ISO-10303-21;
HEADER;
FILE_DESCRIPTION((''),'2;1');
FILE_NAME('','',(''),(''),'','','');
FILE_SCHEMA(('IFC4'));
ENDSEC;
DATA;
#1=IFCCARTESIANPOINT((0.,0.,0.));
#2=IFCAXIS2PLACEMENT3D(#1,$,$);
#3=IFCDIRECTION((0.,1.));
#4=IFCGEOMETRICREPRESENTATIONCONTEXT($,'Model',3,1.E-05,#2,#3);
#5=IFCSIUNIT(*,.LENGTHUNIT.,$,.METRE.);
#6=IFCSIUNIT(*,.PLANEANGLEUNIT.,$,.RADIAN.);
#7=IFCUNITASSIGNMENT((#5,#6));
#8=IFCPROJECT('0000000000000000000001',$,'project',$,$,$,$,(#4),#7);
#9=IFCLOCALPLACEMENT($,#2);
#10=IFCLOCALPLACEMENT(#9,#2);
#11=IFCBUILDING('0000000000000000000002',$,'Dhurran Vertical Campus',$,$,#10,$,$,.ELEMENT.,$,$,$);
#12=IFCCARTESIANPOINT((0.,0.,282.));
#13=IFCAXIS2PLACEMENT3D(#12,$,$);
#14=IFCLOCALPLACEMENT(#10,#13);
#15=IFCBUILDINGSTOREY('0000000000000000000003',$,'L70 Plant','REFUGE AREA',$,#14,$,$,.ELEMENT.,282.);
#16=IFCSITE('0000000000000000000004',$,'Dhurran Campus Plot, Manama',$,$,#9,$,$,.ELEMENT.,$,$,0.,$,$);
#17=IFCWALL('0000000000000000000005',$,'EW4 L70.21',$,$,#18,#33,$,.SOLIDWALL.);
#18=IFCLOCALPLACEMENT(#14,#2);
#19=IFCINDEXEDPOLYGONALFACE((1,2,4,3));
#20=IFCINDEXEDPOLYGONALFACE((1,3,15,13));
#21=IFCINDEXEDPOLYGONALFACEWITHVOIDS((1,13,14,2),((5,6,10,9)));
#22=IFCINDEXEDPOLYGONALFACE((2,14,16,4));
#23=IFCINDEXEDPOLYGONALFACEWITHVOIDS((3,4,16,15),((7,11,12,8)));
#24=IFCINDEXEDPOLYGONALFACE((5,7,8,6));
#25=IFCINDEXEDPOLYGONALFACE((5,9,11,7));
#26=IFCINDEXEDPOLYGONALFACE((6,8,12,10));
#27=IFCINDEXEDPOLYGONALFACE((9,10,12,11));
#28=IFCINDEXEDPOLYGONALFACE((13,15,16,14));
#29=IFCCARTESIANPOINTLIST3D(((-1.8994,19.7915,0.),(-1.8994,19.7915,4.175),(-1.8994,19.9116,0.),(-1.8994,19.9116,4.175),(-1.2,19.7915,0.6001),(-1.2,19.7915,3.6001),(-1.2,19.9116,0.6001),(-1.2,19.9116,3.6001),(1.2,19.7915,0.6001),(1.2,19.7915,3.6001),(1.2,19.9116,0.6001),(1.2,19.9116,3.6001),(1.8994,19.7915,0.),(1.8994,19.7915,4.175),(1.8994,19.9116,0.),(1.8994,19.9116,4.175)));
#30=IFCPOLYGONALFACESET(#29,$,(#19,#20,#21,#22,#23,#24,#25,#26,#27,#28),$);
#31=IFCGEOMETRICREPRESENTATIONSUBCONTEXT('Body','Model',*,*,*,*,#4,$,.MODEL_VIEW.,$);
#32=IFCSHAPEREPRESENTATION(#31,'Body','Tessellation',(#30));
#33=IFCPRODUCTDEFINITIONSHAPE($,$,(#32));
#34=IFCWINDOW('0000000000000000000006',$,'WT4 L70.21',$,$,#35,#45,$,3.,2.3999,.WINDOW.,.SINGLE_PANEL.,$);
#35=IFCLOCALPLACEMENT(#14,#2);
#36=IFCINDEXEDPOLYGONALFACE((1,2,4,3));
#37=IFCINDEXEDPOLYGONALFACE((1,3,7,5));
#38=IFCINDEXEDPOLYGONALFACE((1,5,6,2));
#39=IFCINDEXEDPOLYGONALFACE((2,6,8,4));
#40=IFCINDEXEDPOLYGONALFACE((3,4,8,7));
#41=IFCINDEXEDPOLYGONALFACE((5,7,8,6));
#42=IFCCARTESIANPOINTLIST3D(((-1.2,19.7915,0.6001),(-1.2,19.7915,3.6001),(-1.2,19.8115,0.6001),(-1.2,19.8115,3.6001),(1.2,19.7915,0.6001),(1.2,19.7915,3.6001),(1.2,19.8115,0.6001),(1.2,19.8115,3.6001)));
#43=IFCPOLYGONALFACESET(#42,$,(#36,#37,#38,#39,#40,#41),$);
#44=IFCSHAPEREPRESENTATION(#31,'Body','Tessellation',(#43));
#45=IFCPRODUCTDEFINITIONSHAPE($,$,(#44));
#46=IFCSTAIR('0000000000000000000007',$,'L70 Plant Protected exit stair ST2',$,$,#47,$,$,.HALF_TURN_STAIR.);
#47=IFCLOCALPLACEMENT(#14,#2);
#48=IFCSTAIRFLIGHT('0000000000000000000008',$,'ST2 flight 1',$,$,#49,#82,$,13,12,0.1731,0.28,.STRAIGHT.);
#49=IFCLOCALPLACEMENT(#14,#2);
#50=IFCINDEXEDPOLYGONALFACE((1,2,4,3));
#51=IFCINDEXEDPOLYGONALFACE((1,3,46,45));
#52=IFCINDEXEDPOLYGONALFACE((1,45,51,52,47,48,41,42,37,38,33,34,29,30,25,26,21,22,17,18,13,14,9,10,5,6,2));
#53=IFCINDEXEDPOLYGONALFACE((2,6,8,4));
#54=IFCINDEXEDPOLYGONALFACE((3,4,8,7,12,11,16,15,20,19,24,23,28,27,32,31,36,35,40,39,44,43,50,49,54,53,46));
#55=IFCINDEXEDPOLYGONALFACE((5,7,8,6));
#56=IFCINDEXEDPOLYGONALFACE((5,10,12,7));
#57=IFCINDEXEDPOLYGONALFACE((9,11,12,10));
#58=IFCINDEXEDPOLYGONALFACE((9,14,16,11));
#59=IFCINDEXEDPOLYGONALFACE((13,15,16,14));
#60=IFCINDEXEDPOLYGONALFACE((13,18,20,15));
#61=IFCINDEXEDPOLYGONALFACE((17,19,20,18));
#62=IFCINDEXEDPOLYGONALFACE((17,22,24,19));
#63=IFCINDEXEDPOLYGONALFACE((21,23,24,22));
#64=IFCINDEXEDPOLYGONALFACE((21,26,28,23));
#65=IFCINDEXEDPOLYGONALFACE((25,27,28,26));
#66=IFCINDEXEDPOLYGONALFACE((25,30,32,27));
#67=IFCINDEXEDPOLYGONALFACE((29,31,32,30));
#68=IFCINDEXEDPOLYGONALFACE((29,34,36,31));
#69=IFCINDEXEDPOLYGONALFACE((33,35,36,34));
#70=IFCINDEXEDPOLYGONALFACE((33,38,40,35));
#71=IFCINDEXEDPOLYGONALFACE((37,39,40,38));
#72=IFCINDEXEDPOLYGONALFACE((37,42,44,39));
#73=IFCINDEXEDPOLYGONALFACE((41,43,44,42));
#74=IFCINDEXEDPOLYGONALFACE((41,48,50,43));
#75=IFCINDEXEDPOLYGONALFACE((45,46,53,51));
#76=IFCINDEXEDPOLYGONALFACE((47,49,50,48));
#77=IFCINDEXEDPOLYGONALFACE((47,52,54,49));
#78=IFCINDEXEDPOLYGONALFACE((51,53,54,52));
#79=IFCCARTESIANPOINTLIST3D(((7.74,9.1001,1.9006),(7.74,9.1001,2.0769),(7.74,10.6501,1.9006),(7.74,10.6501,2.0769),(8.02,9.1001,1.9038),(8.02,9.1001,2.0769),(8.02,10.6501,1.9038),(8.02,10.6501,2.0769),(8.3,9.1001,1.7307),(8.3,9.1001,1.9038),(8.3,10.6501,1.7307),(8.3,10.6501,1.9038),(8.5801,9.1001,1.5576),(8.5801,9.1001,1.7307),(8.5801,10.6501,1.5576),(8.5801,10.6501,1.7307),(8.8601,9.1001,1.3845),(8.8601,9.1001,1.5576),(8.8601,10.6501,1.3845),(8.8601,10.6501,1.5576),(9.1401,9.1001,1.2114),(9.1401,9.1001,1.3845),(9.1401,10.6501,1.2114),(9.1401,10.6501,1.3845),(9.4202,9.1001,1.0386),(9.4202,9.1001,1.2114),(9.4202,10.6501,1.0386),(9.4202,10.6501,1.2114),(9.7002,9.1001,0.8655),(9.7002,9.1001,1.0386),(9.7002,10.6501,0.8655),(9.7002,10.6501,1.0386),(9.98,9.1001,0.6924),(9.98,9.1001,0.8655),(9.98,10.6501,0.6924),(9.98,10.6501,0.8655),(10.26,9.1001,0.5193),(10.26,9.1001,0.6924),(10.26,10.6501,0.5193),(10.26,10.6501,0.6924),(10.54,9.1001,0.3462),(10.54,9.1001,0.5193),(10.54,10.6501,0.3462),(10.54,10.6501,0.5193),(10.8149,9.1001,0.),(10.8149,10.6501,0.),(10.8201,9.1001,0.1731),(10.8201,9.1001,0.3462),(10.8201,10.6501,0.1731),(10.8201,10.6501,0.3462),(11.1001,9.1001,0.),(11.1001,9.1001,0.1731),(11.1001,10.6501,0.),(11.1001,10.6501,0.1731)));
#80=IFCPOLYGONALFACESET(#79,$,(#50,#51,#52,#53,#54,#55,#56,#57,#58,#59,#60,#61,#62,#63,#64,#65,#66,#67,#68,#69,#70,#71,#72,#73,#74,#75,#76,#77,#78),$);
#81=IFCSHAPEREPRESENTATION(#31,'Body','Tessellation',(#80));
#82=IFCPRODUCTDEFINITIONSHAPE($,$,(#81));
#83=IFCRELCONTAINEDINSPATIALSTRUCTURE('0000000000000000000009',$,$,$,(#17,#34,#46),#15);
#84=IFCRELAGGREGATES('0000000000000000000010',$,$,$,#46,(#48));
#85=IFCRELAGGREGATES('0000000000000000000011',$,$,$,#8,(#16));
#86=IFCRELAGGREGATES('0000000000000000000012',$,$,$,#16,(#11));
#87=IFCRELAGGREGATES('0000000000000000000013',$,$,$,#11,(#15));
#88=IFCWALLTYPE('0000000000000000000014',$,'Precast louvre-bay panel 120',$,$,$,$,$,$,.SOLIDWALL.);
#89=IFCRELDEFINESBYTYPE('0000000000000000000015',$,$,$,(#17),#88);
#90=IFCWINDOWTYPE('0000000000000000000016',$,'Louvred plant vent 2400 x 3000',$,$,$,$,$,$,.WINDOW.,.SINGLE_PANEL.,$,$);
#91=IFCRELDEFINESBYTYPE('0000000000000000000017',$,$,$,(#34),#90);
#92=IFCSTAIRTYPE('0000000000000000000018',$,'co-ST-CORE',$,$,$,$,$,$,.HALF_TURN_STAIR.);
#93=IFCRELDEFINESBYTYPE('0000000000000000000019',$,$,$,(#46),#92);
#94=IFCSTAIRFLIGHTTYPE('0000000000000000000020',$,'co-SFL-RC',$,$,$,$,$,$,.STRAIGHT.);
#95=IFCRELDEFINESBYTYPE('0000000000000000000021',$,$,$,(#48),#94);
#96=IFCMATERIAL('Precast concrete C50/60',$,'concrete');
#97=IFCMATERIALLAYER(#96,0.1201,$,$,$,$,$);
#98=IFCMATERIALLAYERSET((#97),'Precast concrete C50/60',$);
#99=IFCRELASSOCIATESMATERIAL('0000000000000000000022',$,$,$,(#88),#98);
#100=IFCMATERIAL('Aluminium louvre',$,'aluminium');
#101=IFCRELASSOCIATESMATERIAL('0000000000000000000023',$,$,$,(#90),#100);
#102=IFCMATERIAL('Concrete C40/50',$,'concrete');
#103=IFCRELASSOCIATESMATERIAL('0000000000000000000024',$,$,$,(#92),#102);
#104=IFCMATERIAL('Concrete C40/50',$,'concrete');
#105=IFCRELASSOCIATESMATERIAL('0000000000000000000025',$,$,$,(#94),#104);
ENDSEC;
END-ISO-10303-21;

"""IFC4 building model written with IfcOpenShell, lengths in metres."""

from ifc_helpers import new_model, si_unit, direction, frame, frame_2d, origin, place, context, subcontext, project, spatial, polyline, rectangle, outline, extrude, material, layer, layer_set, type_object, element, fill, aggregate, save


model = new_model("IFC4")

# Units and contexts
model_context = context("Model", 3, precision=1e-05, world=origin(), true_north=direction((0.0, 1.0)))
body_context = subcontext(model_context, "Body", "Model", "MODEL_VIEW")
ifc_project = project(units=[si_unit("LENGTHUNIT", "METRE"), si_unit("PLANEANGLEUNIT", "RADIAN")], contexts=[model_context])

# Site, building, storey
site_placement = place(None, origin())
site = spatial("IfcSite", under=ifc_project, at=site_placement, Name="Dhurran Campus Plot, Manama", CompositionType="ELEMENT", RefElevation=0.0)
building_placement = place(site_placement, origin())
building = spatial("IfcBuilding", under=site, at=building_placement, Name="Dhurran Vertical Campus", CompositionType="ELEMENT")
storey_placement = place(building_placement, frame((0.0, 0.0, 282.0)))
storey = spatial("IfcBuildingStorey", under=building, at=storey_placement, Name="L70 Plant", Description="REFUGE AREA", CompositionType="ELEMENT", Elevation=282.0)

# Wall, opening, window
ifc_material_1 = material(Name="Precast concrete C50/60", Category="concrete")
ifc_layer = layer(ifc_material_1, 0.1201)
ifc_layer_set = layer_set([ifc_layer], Name="Precast concrete C50/60")
wall_type = type_object("IfcWallType", Name="Precast louvre-bay panel 120", PredefinedType="SOLIDWALL", material=ifc_layer_set)
ifc_material_2 = material(Name="Aluminium louvre", Category="aluminium")
window_type = type_object("IfcWindowType", Name="Louvred plant vent 2400 x 3000", PartitioningType="SINGLE_PANEL", PredefinedType="WINDOW", material=ifc_material_2)
wall_1_placement = place(storey_placement, frame((1.8994, 19.8516, 0.0), z_axis=(0.0, 0.0, 1.0), x_axis=(-1.0, 0.0, 0.0)))
wall_1 = element("IfcWall", 1, at=wall_1_placement, inside=storey, type_object=wall_type, Name="EW4 L70.21", PredefinedType="SOLIDWALL", context=body_context, shape_type="SweptSolid", body=[
    extrude(rectangle(XDim=3.7988, YDim=0.1201, at=frame_2d((1.8994, 0.0))), origin(), (0.0, 0.0, 1.0), 4.175),
])
opening_1_placement = place(wall_1_placement, frame((0.6995, 0.0, 0.6001)))
opening_1 = element("IfcOpeningElement", 2, at=opening_1_placement, cuts=wall_1, PredefinedType="OPENING", context=body_context, shape_type="SweptSolid", body=[
    extrude(rectangle(XDim=2.3999, YDim=3.0, at=frame_2d((1.2, 1.5))), frame((0.0, 0.0701, 0.0), z_axis=(0.0, -1.0, 0.0), x_axis=(1.0, 0.0, 0.0)), (0.0, 0.0, 1.0), 0.1401),
])
window_1_placement = place(opening_1_placement, origin())
window_1 = element("IfcWindow", 3, at=window_1_placement, inside=storey, type_object=window_type, Name="WT4 L70.21", OverallHeight=3.0, OverallWidth=2.3999, PartitioningType="SINGLE_PANEL", PredefinedType="WINDOW", context=body_context, shape_type="SweptSolid", body=[
    extrude(rectangle(XDim=2.3999, YDim=3.0, at=frame_2d((1.2, 1.5))), frame((0.0, 0.0601, 0.0), z_axis=(0.0, -1.0, 0.0), x_axis=(1.0, 0.0, 0.0)), (0.0, 0.0, 1.0), 0.02),
])
fill(opening_1, window_1)

# Stair, stair flight
ifc_material_3 = material(Name="Concrete C40/50", Category="concrete")
stair_type = type_object("IfcStairType", Name="co-ST-CORE", PredefinedType="HALF_TURN_STAIR", material=ifc_material_3)
stair_placement = place(storey_placement, origin())
stair = element("IfcStair", 4, at=stair_placement, inside=storey, type_object=stair_type, Name="L70 Plant Protected exit stair ST2", PredefinedType="HALF_TURN_STAIR")
ifc_material_4 = material(Name="Concrete C40/50", Category="concrete")
stair_flight_type = type_object("IfcStairFlightType", Name="co-SFL-RC", PredefinedType="STRAIGHT", material=ifc_material_4)
stair_flight_placement = place(storey_placement, frame((11.1001, 9.875, 0.0), z_axis=(0.0, 0.0, 1.0), x_axis=(-1.0, 0.0, 0.0)))
stair_flight = element("IfcStairFlight", 5, at=stair_flight_placement, type_object=stair_flight_type, Name="ST2 flight 1", NumberOfRisers=13, NumberOfTreads=12, PredefinedType="STRAIGHT", RiserHeight=0.1731, TreadLength=0.28, context=body_context, shape_type="SweptSolid", body=[
    extrude(outline(polyline([(0.0, 0.0), (0.0, 0.1731), (0.28, 0.1731), (0.28, 0.3462), (0.5601, 0.3462), (0.5601, 0.5193), (0.8401, 0.5193), (0.8401, 0.6924), (1.1201, 0.6924), (1.1201, 0.8655), (1.3999, 0.8655), (1.3999, 1.0386), (1.6799, 1.0386), (1.6799, 1.2114), (1.96, 1.2114), (1.96, 1.3845), (2.24, 1.3845), (2.24, 1.5576), (2.52, 1.5576), (2.52, 1.7307), (2.8, 1.7307), (2.8, 1.9038), (3.0801, 1.9038), (3.0801, 2.0769), (3.3601, 2.0769), (3.3601, 2.25), (3.3601, 1.9006), (0.2852, 0.0), (0.0, 0.0)])), frame((0.0, 0.7749, 0.0), z_axis=(0.0, -1.0, 0.0), x_axis=(1.0, 0.0, 0.0)), (0.0, 0.0, 1.0), 1.55),
])
aggregate(stair, [stair_flight])

save(model, "model.ifc")
